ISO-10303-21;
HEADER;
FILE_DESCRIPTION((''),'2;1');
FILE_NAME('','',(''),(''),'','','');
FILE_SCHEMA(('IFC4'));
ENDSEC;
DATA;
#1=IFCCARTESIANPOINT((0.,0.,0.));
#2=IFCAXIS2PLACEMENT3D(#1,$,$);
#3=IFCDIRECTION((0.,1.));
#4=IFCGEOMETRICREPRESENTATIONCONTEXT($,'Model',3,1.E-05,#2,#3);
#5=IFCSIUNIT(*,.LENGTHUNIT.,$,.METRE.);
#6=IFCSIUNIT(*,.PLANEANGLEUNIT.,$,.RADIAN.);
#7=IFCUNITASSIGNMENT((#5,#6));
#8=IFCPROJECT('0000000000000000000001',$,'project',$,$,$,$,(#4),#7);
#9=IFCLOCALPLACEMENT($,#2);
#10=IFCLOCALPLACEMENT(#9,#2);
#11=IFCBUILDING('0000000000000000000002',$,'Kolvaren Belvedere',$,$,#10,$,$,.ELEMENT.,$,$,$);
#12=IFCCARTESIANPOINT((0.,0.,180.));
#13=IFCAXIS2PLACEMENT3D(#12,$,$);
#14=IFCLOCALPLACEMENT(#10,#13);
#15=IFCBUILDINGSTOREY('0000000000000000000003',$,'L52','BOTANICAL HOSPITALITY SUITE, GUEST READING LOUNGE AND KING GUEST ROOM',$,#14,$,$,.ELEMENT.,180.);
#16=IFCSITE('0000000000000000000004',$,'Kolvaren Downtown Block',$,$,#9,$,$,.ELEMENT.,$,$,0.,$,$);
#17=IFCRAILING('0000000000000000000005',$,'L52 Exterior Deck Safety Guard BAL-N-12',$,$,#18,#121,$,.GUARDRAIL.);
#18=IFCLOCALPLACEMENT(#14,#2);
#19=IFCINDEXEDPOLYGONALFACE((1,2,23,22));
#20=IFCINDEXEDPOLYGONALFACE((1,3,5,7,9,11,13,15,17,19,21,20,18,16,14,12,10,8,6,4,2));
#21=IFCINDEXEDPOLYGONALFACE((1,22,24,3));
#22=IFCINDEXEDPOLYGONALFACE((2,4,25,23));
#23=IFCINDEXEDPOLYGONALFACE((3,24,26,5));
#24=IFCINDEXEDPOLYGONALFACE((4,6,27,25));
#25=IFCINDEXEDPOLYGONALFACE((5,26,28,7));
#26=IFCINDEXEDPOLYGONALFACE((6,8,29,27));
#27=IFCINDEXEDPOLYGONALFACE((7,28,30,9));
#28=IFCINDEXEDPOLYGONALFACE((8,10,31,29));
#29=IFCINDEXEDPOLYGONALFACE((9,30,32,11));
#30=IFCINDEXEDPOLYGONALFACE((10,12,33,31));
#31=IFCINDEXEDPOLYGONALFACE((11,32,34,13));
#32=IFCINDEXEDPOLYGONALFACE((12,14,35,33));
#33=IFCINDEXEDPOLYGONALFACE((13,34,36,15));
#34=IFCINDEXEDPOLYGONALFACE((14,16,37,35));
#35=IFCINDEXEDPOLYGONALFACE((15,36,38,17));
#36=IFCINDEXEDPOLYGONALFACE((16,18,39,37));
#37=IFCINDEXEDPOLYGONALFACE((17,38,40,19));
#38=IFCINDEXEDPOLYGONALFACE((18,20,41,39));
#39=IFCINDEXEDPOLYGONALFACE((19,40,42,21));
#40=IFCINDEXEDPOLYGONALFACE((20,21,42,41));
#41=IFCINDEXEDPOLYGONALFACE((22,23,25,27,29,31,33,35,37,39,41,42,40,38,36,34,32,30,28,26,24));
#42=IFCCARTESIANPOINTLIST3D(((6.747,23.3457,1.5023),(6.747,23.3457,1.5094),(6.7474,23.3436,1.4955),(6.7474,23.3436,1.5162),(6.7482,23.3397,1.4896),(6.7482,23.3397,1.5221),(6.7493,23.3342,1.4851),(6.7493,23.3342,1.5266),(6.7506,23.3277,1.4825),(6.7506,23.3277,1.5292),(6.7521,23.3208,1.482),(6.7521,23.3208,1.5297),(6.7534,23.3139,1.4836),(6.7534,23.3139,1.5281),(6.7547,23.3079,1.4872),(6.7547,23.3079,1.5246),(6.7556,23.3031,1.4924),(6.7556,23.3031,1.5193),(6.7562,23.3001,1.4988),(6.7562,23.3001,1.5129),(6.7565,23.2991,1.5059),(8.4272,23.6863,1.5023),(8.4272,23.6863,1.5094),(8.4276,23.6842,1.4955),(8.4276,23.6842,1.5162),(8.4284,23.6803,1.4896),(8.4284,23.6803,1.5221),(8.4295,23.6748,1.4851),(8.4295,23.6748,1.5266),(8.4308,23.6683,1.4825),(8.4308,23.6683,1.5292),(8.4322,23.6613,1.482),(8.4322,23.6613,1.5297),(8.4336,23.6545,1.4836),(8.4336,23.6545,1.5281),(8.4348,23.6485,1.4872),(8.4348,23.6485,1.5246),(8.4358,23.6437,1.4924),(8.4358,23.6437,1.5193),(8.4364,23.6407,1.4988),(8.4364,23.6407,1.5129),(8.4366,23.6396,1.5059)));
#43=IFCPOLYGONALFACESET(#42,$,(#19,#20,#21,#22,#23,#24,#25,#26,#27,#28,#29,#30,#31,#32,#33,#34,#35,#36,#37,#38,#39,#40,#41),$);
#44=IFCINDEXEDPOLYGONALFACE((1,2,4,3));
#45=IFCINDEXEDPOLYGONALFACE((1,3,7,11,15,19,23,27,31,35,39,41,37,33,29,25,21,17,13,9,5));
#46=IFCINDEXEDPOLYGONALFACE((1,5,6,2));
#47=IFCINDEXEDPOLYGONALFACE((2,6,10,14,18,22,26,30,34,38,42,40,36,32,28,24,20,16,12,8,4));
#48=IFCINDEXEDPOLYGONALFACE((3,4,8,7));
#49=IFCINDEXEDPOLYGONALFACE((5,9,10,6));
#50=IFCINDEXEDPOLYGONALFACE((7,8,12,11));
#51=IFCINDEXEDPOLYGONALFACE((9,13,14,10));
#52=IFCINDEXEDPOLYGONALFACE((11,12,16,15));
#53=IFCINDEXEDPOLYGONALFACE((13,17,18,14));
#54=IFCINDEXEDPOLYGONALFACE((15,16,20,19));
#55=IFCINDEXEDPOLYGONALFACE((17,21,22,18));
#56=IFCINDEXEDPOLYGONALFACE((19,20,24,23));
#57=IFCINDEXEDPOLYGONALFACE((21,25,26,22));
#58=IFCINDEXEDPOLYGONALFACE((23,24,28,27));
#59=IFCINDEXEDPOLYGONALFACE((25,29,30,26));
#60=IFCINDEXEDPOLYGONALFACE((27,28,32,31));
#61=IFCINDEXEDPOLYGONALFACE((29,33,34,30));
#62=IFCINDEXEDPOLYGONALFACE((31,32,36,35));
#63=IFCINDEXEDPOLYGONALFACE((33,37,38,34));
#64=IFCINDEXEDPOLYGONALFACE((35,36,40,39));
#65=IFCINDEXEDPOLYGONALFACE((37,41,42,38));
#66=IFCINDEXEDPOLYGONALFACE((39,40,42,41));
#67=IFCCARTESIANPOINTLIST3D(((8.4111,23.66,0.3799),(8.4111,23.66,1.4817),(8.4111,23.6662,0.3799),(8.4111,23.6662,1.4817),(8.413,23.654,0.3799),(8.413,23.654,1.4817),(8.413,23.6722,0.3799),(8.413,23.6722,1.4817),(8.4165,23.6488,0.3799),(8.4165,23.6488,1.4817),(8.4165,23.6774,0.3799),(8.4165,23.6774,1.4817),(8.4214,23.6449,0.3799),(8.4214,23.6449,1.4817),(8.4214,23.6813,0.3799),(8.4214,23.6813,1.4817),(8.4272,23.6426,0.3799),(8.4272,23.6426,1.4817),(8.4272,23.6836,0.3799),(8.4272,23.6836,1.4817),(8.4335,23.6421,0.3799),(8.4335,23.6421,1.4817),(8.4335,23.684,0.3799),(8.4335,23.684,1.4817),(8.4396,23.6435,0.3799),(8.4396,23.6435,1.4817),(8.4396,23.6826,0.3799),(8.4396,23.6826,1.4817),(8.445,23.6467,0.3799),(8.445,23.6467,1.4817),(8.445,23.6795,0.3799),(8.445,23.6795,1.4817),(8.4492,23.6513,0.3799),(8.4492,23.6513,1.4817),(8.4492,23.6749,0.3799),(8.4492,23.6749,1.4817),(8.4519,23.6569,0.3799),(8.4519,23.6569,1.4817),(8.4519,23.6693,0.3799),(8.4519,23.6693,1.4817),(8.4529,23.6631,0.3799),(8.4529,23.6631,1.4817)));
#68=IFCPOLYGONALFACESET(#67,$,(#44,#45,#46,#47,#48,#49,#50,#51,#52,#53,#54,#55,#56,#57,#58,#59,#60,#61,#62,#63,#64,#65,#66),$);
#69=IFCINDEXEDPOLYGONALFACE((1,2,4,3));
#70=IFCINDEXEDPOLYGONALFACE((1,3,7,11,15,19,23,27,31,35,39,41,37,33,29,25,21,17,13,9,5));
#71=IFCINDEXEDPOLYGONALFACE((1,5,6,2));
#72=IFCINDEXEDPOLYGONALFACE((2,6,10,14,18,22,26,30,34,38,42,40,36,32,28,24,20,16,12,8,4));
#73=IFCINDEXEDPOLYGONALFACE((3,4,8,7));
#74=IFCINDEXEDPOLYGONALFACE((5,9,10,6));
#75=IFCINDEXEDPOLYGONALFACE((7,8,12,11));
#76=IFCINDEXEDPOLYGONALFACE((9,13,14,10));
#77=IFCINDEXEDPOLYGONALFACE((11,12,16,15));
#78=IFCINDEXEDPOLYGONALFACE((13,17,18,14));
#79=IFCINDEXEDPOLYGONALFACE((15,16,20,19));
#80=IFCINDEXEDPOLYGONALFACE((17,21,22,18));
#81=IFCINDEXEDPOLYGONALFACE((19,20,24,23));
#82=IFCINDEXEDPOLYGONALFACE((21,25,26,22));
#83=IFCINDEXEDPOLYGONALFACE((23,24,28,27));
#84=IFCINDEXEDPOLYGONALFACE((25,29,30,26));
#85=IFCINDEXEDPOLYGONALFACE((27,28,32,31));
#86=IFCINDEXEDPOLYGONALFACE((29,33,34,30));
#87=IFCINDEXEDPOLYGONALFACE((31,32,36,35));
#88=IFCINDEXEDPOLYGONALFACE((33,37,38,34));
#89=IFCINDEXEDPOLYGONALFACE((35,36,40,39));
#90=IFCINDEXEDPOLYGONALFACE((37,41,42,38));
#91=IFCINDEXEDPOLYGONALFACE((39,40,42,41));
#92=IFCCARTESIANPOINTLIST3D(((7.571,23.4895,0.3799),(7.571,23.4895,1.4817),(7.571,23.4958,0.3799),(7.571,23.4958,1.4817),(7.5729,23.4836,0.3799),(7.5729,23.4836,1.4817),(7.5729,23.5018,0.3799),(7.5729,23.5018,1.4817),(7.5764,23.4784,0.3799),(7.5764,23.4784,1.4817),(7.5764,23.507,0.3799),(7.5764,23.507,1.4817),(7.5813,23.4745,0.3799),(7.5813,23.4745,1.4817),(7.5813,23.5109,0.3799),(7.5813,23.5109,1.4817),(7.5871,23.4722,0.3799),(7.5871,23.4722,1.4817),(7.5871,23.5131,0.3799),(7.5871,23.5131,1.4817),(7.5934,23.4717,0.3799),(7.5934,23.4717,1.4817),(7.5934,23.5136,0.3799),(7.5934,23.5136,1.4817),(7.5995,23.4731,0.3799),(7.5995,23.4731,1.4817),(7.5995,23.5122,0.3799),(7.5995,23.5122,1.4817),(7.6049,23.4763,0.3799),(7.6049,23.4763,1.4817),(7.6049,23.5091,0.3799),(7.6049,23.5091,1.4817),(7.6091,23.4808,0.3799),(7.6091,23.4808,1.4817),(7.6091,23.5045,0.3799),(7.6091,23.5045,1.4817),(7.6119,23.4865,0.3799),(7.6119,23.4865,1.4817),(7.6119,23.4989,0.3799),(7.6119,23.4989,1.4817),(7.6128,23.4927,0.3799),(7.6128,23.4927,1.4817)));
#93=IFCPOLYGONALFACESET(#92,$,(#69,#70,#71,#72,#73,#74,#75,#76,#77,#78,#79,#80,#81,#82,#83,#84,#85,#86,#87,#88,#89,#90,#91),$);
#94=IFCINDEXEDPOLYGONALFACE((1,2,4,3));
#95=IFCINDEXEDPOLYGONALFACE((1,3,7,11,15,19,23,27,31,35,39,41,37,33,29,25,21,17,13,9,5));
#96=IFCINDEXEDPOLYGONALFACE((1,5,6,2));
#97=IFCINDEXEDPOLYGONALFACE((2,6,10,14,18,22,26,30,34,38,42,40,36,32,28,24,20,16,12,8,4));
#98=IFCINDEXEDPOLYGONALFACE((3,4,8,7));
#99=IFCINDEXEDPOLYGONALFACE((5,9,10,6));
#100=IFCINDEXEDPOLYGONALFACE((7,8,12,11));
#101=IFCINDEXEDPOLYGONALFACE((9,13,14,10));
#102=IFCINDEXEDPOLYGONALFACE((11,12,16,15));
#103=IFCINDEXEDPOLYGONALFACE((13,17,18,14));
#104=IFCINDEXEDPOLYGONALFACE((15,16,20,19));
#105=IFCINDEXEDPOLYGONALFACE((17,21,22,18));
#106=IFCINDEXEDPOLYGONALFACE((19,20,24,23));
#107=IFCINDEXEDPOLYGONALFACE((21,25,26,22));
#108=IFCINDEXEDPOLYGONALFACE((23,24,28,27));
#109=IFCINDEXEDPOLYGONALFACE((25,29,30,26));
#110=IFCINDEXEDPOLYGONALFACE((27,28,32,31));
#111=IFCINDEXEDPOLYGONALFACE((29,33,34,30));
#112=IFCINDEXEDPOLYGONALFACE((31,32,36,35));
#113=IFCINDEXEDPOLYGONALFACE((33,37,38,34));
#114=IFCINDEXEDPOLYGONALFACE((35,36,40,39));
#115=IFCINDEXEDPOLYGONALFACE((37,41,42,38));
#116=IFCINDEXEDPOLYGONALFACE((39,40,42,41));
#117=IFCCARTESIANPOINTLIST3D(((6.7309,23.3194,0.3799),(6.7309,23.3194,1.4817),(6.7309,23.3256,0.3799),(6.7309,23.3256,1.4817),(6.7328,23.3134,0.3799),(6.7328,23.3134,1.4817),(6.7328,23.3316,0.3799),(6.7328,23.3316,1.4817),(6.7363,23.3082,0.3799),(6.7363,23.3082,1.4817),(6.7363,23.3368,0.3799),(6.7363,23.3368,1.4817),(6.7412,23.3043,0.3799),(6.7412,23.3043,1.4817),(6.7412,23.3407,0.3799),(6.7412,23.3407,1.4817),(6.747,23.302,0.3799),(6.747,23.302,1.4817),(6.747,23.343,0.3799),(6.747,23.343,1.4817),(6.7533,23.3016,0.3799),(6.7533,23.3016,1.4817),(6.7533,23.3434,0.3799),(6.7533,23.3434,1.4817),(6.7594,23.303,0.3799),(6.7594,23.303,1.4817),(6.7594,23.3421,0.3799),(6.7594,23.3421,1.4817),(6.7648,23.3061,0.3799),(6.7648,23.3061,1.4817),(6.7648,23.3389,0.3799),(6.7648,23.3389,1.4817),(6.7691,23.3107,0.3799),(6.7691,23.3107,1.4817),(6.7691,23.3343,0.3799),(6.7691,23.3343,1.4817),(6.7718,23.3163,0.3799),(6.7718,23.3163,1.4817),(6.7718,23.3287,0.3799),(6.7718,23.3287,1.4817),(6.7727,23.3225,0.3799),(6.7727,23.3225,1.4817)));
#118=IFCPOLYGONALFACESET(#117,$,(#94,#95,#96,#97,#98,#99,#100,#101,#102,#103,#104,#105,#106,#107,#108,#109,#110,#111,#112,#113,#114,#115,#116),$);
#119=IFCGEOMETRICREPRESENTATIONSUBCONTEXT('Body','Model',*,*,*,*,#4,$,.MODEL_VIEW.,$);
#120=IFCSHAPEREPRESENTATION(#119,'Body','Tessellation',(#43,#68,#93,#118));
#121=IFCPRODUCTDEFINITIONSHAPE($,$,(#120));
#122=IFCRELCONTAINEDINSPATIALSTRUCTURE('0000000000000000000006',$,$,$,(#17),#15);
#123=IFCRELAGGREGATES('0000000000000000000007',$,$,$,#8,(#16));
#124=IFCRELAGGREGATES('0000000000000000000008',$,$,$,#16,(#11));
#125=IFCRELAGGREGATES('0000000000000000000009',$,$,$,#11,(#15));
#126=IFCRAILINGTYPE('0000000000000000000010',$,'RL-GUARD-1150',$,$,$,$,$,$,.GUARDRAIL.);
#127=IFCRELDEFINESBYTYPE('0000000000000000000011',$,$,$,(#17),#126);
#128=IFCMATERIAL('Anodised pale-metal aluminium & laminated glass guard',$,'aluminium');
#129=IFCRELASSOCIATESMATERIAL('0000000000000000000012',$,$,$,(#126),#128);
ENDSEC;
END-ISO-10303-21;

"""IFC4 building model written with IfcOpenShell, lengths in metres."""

from ifc_helpers import new_model, si_unit, direction, frame, origin, origin_2d, place, context, subcontext, project, spatial, circle, extrude, material, type_object, element, save


model = new_model("IFC4")

# Units and contexts
model_context = context("Model", 3, precision=1e-05, world=origin(), true_north=direction((0.0, 1.0)))
body_context = subcontext(model_context, "Body", "Model", "MODEL_VIEW")
ifc_project = project(units=[si_unit("LENGTHUNIT", "METRE"), si_unit("PLANEANGLEUNIT", "RADIAN")], contexts=[model_context])

# Site, building, storey
site_placement = place(None, origin())
site = spatial("IfcSite", under=ifc_project, at=site_placement, Name="Kolvaren Downtown Block", CompositionType="ELEMENT", RefElevation=0.0)
building_placement = place(site_placement, origin())
building = spatial("IfcBuilding", under=site, at=building_placement, Name="Kolvaren Belvedere", CompositionType="ELEMENT")
storey_placement = place(building_placement, frame((0.0, 0.0, 180.0)))
storey = spatial("IfcBuildingStorey", under=building, at=storey_placement, Name="L52", Description="BOTANICAL HOSPITALITY SUITE, GUEST READING LOUNGE AND KING GUEST ROOM", CompositionType="ELEMENT", Elevation=180.0)

# Railing
ifc_material_1 = material(Name="Anodised pale-metal aluminium & laminated glass guard", Category="aluminium")
railing_type = type_object("IfcRailingType", Name="RL-GUARD-1150", PredefinedType="GUARDRAIL", material=ifc_material_1)
railing_1_placement = place(storey_placement, frame((8.4319, 23.6631, 0.3799)))
element("IfcRailing", 1, at=railing_1_placement, inside=storey, type_object=railing_type, Name="L52 Exterior Deck Safety Guard BAL-N-12", PredefinedType="GUARDRAIL", context=body_context, shape_type="SweptSolid", body=[
    extrude(circle(Radius=0.0239, at=origin_2d()), frame((0.0, 0.0, 1.126), z_axis=(-0.980068, -0.198662, 0.0), x_axis=(0.198662, -0.980068, 0.0)), (0.0, 0.0, 1.0), 1.7144),
    extrude(circle(Radius=0.021, at=origin_2d()), origin(), (0.0, 0.0, 1.0), 1.1018),
    extrude(circle(Radius=0.021, at=origin_2d()), frame((-0.8401, -0.1704, 0.0)), (0.0, 0.0, 1.0), 1.1018),
    extrude(circle(Radius=0.021, at=origin_2d()), frame((-1.6802, -0.3406, 0.0)), (0.0, 0.0, 1.0), 1.1018),
])

save(model, "model.ifc")
